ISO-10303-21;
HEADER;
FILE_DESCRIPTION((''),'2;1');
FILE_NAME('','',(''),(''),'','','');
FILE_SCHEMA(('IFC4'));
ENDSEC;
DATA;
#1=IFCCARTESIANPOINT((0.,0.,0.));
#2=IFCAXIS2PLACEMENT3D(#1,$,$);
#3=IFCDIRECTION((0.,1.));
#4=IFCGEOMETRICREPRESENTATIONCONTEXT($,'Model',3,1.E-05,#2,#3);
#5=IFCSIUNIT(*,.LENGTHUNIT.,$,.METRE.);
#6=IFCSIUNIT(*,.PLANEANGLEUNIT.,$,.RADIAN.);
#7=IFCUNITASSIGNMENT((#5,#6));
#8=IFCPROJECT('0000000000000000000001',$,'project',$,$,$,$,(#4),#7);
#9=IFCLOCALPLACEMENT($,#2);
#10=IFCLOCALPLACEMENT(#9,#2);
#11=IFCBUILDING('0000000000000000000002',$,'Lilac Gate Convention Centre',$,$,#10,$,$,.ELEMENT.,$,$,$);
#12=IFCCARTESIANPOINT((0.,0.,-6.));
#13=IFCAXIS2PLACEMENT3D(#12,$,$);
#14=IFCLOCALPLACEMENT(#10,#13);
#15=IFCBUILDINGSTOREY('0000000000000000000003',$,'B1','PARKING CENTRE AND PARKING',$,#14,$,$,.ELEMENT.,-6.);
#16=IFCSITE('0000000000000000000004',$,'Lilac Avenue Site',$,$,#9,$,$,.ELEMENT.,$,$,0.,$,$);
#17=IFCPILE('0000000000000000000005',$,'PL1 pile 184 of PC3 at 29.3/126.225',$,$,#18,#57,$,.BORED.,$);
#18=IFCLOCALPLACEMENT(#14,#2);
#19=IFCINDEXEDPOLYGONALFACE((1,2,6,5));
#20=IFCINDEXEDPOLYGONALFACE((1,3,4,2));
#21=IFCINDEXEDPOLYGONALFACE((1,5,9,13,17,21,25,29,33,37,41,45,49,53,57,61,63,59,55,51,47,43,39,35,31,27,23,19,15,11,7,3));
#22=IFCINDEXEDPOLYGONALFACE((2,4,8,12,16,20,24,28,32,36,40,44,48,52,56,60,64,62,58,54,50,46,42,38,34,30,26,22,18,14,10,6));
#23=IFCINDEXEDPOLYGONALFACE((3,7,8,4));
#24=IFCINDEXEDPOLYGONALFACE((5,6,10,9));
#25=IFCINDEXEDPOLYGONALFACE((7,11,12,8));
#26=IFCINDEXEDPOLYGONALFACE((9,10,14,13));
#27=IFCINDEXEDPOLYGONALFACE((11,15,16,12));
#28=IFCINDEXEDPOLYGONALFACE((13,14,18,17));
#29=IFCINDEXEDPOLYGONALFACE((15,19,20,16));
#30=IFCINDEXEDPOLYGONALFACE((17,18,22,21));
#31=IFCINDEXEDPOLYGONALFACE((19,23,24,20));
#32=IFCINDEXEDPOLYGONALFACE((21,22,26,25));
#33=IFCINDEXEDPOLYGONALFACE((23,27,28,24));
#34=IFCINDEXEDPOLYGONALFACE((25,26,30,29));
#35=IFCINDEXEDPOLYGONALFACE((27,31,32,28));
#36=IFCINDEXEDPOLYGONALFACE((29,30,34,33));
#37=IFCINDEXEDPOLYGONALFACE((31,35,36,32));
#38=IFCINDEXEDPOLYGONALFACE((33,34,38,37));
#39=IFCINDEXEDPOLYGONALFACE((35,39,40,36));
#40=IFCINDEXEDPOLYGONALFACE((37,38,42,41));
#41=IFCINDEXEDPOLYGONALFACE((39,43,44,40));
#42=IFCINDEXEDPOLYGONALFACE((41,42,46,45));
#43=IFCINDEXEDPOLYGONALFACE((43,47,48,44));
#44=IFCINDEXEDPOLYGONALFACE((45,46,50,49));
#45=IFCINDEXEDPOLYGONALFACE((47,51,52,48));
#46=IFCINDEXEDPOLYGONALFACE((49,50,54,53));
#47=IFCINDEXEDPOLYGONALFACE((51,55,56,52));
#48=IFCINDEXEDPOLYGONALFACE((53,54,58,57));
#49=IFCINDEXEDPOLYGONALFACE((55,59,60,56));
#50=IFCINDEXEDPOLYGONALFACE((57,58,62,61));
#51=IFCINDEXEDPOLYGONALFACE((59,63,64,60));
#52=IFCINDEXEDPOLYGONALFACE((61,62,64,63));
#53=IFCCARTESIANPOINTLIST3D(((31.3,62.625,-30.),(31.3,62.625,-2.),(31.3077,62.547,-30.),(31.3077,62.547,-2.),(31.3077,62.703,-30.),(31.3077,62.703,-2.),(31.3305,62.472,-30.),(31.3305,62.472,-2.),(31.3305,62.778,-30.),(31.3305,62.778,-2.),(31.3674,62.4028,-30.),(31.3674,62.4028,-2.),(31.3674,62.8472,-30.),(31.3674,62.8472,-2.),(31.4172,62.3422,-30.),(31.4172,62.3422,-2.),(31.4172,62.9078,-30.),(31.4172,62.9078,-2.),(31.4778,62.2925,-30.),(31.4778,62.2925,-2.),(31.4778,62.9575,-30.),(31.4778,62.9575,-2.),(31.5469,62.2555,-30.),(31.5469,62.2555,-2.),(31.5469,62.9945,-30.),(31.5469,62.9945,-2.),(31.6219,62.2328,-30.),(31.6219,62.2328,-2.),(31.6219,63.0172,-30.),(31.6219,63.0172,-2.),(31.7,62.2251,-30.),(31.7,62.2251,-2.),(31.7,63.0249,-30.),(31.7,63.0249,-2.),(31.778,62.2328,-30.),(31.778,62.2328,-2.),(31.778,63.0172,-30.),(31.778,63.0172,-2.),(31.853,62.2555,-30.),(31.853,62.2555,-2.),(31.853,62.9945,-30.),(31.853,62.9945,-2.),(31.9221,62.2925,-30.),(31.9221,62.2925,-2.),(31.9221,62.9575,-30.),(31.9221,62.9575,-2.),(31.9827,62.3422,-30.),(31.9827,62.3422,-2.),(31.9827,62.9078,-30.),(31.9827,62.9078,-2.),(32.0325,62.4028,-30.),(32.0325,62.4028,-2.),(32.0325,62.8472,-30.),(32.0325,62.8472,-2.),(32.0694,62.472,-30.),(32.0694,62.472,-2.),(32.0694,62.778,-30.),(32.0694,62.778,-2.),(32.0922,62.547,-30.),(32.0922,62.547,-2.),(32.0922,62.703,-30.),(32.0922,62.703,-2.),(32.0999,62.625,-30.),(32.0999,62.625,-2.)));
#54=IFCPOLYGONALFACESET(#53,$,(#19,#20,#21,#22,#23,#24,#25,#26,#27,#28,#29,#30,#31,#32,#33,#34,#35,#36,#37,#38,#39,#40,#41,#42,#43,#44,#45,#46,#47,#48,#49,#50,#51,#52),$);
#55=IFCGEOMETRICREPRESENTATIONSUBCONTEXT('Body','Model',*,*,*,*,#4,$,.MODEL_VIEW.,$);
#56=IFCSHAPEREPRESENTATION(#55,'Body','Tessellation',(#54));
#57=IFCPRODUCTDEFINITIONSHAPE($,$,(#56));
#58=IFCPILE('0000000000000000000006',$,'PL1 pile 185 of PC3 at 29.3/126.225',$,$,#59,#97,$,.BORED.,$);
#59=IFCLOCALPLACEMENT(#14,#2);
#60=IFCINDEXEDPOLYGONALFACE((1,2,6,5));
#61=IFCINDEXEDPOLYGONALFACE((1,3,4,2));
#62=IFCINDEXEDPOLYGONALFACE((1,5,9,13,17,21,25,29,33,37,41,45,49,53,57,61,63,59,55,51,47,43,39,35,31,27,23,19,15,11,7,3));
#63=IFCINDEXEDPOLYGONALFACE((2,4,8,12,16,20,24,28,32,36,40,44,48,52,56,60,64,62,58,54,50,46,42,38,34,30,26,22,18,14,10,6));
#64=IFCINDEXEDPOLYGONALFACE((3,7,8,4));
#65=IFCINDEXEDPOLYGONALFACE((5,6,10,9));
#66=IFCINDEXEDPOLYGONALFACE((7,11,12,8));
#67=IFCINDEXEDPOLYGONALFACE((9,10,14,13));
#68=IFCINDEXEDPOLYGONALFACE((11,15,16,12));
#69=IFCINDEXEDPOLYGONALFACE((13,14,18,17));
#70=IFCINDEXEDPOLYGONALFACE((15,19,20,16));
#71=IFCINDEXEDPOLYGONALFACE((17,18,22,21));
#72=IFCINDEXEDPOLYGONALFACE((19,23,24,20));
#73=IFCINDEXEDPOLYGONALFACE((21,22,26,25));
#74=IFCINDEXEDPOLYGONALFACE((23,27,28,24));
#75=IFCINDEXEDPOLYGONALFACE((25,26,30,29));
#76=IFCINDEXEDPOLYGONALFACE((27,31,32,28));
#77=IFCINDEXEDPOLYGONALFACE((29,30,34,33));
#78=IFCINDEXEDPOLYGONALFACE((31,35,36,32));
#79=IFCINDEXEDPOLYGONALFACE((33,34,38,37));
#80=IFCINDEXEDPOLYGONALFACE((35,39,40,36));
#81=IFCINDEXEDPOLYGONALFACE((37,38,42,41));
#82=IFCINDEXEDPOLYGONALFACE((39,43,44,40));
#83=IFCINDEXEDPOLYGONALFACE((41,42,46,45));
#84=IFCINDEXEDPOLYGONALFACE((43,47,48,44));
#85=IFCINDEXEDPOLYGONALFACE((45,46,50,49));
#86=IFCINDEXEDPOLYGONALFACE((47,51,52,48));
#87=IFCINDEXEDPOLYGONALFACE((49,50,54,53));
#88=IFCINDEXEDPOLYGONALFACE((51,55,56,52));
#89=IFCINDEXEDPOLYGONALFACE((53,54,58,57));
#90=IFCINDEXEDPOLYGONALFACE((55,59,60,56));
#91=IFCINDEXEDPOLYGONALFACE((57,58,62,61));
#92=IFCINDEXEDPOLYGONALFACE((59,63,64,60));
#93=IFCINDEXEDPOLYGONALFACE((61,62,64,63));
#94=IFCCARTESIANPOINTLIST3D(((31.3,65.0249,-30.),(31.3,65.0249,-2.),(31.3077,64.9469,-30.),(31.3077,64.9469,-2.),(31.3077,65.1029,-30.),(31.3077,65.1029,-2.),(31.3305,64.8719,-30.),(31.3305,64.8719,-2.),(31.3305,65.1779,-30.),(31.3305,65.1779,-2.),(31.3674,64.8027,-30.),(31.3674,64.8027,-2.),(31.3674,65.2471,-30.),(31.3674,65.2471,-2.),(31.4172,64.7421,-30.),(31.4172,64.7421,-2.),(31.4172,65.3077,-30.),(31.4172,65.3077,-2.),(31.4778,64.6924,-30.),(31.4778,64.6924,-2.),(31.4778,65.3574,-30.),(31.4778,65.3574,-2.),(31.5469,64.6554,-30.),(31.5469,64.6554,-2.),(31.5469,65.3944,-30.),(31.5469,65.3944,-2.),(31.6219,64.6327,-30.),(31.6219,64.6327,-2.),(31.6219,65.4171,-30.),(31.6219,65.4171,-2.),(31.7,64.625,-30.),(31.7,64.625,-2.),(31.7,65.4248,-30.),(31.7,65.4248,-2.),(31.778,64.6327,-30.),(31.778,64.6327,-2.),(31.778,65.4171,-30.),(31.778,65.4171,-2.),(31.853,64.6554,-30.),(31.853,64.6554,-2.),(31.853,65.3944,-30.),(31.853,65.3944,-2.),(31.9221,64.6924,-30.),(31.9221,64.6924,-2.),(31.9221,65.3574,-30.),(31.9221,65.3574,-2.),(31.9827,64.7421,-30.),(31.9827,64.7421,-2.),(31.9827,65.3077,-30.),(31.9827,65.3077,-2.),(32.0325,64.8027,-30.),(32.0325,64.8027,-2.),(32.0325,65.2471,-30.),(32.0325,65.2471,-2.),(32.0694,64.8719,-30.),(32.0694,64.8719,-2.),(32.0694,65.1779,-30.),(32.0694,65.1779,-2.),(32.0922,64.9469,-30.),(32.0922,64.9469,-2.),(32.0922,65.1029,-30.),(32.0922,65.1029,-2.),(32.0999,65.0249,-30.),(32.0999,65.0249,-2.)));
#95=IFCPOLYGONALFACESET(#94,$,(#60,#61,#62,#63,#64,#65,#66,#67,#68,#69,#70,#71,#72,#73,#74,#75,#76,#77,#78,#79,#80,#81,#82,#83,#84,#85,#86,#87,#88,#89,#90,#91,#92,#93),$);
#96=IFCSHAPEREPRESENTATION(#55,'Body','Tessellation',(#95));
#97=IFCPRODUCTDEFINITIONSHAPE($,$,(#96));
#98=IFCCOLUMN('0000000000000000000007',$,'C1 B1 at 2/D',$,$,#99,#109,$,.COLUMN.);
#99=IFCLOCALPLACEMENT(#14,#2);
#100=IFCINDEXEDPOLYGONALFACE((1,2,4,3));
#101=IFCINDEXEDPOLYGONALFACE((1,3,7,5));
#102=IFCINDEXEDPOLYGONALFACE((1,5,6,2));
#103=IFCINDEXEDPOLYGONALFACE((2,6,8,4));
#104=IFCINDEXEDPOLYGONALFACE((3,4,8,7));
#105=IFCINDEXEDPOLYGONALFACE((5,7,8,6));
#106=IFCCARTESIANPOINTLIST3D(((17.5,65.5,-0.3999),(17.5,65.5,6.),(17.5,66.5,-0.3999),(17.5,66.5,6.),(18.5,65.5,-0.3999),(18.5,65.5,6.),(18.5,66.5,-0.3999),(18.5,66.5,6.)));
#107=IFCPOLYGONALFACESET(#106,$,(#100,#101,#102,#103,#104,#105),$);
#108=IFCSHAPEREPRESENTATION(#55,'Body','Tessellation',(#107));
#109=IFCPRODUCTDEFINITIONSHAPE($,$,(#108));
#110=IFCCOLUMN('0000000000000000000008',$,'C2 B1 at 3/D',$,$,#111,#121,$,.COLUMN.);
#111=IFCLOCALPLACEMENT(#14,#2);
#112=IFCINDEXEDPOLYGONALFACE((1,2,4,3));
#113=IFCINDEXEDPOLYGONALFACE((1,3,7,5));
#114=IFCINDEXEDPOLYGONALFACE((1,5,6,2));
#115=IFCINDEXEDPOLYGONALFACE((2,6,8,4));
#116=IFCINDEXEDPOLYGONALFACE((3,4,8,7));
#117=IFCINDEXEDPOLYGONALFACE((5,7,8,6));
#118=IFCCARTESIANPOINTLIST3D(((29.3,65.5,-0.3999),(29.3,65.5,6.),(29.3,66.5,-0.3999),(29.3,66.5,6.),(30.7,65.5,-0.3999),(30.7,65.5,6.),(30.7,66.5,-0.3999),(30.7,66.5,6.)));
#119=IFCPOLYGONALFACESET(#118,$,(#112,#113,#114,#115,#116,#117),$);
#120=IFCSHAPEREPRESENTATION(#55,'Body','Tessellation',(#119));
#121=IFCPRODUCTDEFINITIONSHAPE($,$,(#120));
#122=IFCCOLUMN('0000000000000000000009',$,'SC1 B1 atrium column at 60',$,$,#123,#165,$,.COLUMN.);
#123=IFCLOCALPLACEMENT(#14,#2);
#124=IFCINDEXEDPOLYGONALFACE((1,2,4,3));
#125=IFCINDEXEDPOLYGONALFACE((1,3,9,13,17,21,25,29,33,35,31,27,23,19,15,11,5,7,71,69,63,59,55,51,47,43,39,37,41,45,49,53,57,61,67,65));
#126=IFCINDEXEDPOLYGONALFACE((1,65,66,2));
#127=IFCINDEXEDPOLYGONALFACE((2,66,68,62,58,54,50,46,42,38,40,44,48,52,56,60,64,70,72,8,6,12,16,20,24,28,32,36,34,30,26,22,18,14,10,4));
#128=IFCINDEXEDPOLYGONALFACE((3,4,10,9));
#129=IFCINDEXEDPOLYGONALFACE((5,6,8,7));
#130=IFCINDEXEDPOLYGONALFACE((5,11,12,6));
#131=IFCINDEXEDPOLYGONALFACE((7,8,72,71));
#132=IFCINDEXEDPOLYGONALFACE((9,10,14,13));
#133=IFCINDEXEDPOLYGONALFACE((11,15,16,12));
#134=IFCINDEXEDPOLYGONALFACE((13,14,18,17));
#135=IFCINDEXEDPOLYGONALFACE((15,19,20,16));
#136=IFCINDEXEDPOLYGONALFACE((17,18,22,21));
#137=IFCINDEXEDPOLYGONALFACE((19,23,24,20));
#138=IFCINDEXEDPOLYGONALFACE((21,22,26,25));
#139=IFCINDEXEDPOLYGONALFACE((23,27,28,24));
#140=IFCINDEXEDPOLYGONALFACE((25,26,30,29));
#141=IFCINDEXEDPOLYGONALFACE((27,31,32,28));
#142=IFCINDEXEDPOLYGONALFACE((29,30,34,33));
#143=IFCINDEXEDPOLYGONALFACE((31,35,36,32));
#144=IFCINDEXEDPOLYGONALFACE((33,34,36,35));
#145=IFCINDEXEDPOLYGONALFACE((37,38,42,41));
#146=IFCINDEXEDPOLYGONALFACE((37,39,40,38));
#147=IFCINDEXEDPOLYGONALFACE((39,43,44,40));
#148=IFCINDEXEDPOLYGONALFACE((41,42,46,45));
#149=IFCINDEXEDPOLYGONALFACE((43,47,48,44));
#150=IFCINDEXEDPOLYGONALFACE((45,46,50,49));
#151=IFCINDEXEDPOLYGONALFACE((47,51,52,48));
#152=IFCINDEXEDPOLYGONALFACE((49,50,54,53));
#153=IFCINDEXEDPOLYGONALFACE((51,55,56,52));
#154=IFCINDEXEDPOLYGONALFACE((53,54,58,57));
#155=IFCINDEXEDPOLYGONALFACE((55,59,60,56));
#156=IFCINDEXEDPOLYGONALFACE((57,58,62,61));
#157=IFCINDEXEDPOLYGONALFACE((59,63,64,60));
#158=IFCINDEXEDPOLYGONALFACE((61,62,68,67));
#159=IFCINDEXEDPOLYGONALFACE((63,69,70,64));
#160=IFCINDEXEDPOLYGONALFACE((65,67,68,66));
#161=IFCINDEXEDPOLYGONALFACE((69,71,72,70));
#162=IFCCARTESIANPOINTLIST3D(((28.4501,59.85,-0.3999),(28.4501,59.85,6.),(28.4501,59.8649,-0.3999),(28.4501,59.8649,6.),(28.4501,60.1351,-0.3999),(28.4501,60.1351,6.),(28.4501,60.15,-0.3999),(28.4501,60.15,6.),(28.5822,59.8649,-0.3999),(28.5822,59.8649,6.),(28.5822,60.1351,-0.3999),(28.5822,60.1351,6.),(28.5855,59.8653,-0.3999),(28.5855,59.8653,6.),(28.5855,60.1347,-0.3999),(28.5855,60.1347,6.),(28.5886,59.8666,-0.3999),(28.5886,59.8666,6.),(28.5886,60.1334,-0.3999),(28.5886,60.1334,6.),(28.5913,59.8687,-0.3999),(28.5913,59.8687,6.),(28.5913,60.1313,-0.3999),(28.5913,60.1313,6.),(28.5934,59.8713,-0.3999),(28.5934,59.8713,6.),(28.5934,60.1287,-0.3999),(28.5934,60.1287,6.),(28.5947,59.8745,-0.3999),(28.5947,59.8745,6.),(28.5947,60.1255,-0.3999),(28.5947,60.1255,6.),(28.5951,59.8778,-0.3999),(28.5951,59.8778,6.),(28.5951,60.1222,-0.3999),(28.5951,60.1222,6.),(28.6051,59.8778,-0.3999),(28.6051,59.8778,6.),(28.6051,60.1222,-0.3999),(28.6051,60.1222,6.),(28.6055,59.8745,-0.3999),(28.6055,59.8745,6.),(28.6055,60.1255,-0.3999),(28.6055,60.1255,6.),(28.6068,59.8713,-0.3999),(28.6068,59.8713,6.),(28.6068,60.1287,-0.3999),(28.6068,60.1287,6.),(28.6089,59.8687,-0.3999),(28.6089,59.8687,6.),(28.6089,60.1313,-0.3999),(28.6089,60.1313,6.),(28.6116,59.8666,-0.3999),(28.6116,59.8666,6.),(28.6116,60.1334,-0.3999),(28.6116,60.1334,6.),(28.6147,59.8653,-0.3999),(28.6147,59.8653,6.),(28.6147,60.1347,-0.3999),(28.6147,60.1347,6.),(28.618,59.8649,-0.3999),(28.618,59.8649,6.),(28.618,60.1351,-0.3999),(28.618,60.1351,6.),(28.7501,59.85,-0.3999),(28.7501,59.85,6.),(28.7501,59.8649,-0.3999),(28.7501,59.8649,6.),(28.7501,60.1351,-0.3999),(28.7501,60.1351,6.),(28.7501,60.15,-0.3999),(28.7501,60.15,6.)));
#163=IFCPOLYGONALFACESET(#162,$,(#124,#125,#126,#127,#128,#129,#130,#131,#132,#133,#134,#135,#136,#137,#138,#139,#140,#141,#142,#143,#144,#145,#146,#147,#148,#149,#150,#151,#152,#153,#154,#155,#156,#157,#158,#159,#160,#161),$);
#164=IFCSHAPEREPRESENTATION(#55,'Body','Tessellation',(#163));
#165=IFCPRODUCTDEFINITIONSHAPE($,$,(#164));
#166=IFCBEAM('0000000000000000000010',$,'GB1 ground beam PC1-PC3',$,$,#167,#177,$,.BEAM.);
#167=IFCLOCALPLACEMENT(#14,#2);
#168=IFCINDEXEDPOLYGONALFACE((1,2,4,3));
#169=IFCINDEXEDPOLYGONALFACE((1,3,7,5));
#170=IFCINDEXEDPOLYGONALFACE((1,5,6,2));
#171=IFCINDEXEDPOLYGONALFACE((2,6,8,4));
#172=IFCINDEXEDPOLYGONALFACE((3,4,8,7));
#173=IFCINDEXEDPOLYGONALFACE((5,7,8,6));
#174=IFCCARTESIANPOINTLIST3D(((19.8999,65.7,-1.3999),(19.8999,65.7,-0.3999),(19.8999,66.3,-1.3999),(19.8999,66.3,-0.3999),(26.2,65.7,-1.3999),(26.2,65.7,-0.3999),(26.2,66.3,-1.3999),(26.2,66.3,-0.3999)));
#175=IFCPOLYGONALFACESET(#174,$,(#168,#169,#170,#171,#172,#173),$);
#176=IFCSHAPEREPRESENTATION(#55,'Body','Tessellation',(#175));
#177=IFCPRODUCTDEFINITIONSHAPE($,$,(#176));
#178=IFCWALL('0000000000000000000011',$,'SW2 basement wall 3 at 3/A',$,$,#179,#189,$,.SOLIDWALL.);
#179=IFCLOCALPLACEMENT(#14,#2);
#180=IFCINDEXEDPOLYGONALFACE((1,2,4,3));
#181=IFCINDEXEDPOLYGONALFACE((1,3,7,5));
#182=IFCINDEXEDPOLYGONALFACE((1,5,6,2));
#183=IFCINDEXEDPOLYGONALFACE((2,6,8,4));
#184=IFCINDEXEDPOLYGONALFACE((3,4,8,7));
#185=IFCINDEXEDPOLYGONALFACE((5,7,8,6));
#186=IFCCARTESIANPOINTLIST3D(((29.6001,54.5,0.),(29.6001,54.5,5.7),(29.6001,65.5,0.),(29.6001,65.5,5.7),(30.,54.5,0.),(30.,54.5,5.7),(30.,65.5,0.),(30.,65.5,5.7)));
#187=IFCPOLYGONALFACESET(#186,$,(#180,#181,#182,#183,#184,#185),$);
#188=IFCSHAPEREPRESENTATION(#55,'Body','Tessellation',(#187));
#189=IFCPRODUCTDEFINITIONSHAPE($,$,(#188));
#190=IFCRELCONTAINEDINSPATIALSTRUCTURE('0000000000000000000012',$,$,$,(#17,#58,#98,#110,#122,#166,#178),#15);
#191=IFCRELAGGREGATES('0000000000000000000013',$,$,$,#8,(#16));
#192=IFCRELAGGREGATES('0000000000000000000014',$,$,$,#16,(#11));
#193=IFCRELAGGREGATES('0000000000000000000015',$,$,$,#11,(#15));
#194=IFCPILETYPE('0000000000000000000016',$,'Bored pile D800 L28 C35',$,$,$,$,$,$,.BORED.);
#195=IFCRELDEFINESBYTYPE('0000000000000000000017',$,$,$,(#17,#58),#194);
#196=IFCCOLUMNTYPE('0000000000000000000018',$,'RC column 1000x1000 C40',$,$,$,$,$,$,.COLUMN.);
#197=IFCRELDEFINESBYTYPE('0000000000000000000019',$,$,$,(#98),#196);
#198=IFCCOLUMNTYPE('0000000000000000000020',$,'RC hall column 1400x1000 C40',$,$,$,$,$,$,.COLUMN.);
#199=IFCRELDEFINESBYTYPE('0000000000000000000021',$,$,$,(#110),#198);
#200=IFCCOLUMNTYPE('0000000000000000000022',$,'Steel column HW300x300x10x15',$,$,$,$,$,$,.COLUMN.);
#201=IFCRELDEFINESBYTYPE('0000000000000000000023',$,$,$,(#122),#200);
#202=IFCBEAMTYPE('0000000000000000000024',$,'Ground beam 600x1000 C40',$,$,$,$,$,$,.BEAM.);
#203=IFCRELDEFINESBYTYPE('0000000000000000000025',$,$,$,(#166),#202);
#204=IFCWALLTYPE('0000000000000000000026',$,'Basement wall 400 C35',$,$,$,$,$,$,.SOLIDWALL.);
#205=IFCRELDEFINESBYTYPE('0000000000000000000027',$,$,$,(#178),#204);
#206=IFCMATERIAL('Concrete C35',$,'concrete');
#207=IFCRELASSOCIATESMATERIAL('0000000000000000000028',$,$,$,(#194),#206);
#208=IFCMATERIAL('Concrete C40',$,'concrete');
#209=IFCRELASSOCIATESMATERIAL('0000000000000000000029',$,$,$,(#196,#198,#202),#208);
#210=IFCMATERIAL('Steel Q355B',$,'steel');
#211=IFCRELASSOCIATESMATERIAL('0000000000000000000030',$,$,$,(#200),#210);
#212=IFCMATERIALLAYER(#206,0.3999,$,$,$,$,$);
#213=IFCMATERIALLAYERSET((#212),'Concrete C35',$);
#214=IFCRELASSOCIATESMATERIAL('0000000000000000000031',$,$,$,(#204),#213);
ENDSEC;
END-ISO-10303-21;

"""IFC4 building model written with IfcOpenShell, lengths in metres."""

from ifc_helpers import new_model, si_unit, direction, frame, frame_2d, origin, origin_2d, place, context, subcontext, project, spatial, rectangle, circle, i_section, extrude, material, layer, layer_set, material_profile, profile_set, type_object, element, save


model = new_model("IFC4")

# Units and contexts
model_context = context("Model", 3, precision=1e-05, world=origin(), true_north=direction((0.0, 1.0)))
body_context = subcontext(model_context, "Body", "Model", "MODEL_VIEW")
ifc_project = project(units=[si_unit("LENGTHUNIT", "METRE"), si_unit("PLANEANGLEUNIT", "RADIAN")], contexts=[model_context])

# Site, building, storey
site_placement = place(None, origin())
site = spatial("IfcSite", under=ifc_project, at=site_placement, Name="Lilac Avenue Site", CompositionType="ELEMENT", RefElevation=0.0)
building_placement = place(site_placement, origin())
building = spatial("IfcBuilding", under=site, at=building_placement, Name="Lilac Gate Convention Centre", CompositionType="ELEMENT")
storey_placement = place(building_placement, frame((0.0, 0.0, -6.0)))
storey = spatial("IfcBuildingStorey", under=building, at=storey_placement, Name="B1", Description="PARKING CENTRE AND PARKING", CompositionType="ELEMENT", Elevation=-6.0)

# Piles
ifc_material_1 = material(Name="Concrete C35", Category="concrete")
ifc_material_profile_1 = material_profile(ifc_material_1, circle(Radius=0.3999, at=origin_2d()), Name="D800")
ifc_profile_set_1 = profile_set([ifc_material_profile_1], Name="Concrete C35")
pile_type = type_object("IfcPileType", Name="Bored pile D800 L28 C35", PredefinedType="BORED", material=ifc_profile_set_1)
for number, where, z_axis, x_axis, name in (
    (1, (31.7, 62.625, -2.0), (0.0, 0.0, -1.0), (1.0, 0.0, 0.0), "PL1 pile 184 of PC3 at 29.3/126.225"),
    (2, (31.7, 65.0249, -2.0), (0.0, 0.0, -1.0), (1.0, 0.0, 0.0), "PL1 pile 185 of PC3 at 29.3/126.225"),
):
    element("IfcPile", number, at=place(storey_placement, frame(where, z_axis=z_axis, x_axis=x_axis)), inside=storey, type_object=pile_type, Name=name, PredefinedType="BORED", context=body_context, shape_type="SweptSolid", body=[
        extrude(circle(Radius=0.3999, at=origin_2d()), origin(), (0.0, 0.0, 1.0), 28.0),
    ])

# Columns
ifc_material_2 = material(Name="Concrete C40", Category="concrete")
ifc_material_profile_2 = material_profile(ifc_material_2, rectangle(XDim=1.0, YDim=1.0, at=origin_2d()), Name="RC 1000x1000")
ifc_profile_set_2 = profile_set([ifc_material_profile_2], Name="Concrete C40")
column_type_1 = type_object("IfcColumnType", Name="RC column 1000x1000 C40", PredefinedType="COLUMN", material=ifc_profile_set_2)
column_1_placement = place(storey_placement, frame((18.0, 66.0, -0.3999), z_axis=(0.0, 0.0, 1.0), x_axis=(1.0, 0.0, 0.0)))
element("IfcColumn", 3, at=column_1_placement, inside=storey, type_object=column_type_1, Name="C1 B1 at 2/D", PredefinedType="COLUMN", context=body_context, shape_type="SweptSolid", body=[
    extrude(rectangle(XDim=1.0, YDim=1.0, at=origin_2d()), origin(), (0.0, 0.0, 1.0), 6.3999),
])
ifc_material_profile_3 = material_profile(ifc_material_2, rectangle(XDim=1.3999, YDim=1.0, at=origin_2d()), Name="RC 1400x1000")
ifc_profile_set_3 = profile_set([ifc_material_profile_3], Name="Concrete C40")
column_type_2 = type_object("IfcColumnType", Name="RC hall column 1400x1000 C40", PredefinedType="COLUMN", material=ifc_profile_set_3)
column_2_placement = place(storey_placement, frame((30.0, 66.0, -0.3999), z_axis=(0.0, 0.0, 1.0), x_axis=(1.0, 0.0, 0.0)))
element("IfcColumn", 4, at=column_2_placement, inside=storey, type_object=column_type_2, Name="C2 B1 at 3/D", PredefinedType="COLUMN", context=body_context, shape_type="SweptSolid", body=[
    extrude(rectangle(XDim=1.3999, YDim=1.0, at=origin_2d()), origin(), (0.0, 0.0, 1.0), 6.3999),
])
ifc_material_3 = material(Name="Steel Q355B", Category="steel")
ifc_material_profile_4 = material_profile(ifc_material_3, i_section(OverallWidth=0.3, OverallDepth=0.3, WebThickness=0.01, FlangeThickness=0.0149, FilletRadius=0.0129, at=origin_2d()), Name="HW300x300x10x15")
ifc_profile_set_4 = profile_set([ifc_material_profile_4], Name="Steel Q355B")
column_type_3 = type_object("IfcColumnType", Name="Steel column HW300x300x10x15", PredefinedType="COLUMN", material=ifc_profile_set_4)
column_3_placement = place(storey_placement, frame((28.6001, 60.0, -0.3999), z_axis=(0.0, 0.0, 1.0), x_axis=(1.0, 0.0, 0.0)))
element("IfcColumn", 5, at=column_3_placement, inside=storey, type_object=column_type_3, Name="SC1 B1 atrium column at 60", PredefinedType="COLUMN", context=body_context, shape_type="SweptSolid", body=[
    extrude(i_section(OverallWidth=0.3, OverallDepth=0.3, WebThickness=0.01, FlangeThickness=0.0149, FilletRadius=0.0129, at=origin_2d()), origin(), (0.0, 0.0, 1.0), 6.3999),
])

# Beam
ifc_material_profile_5 = material_profile(ifc_material_2, rectangle(XDim=0.6001, YDim=1.0, at=origin_2d()), Name="RC 600x1000")
ifc_profile_set_5 = profile_set([ifc_material_profile_5], Name="Concrete C40")
beam_type = type_object("IfcBeamType", Name="Ground beam 600x1000 C40", PredefinedType="BEAM", material=ifc_profile_set_5)
beam_placement = place(storey_placement, frame((19.8999, 66.0, -0.8999), z_axis=(1.0, 0.0, 0.0), x_axis=(0.0, 1.0, 0.0)))
element("IfcBeam", 6, at=beam_placement, inside=storey, type_object=beam_type, Name="GB1 ground beam PC1-PC3", PredefinedType="BEAM", context=body_context, shape_type="SweptSolid", body=[
    extrude(rectangle(XDim=0.6001, YDim=1.0, at=origin_2d()), origin(), (0.0, 0.0, 1.0), 6.3),
])

# Wall
ifc_layer_1 = layer(ifc_material_1, 0.3999)
ifc_layer_set_1 = layer_set([ifc_layer_1], Name="Concrete C35")
wall_type_1 = type_object("IfcWallType", Name="Basement wall 400 C35", PredefinedType="SOLIDWALL", material=ifc_layer_set_1)
for number, where, z_axis, x_axis, name in (
    (7, (29.8, 54.5, 0.0), (0.0, 0.0, 1.0), (0.0, 1.0, 0.0), "SW2 basement wall 3 at 3/A"),
):
    element("IfcWall", number, at=place(storey_placement, frame(where, z_axis=z_axis, x_axis=x_axis)), inside=storey, type_object=wall_type_1, Name=name, PredefinedType="SOLIDWALL", context=body_context, shape_type="SweptSolid", body=[
        extrude(rectangle(XDim=11.0, YDim=0.3999, at=frame_2d((5.5, 0.0))), origin(), (0.0, 0.0, 1.0), 5.7),
    ])

save(model, "model.ifc")
